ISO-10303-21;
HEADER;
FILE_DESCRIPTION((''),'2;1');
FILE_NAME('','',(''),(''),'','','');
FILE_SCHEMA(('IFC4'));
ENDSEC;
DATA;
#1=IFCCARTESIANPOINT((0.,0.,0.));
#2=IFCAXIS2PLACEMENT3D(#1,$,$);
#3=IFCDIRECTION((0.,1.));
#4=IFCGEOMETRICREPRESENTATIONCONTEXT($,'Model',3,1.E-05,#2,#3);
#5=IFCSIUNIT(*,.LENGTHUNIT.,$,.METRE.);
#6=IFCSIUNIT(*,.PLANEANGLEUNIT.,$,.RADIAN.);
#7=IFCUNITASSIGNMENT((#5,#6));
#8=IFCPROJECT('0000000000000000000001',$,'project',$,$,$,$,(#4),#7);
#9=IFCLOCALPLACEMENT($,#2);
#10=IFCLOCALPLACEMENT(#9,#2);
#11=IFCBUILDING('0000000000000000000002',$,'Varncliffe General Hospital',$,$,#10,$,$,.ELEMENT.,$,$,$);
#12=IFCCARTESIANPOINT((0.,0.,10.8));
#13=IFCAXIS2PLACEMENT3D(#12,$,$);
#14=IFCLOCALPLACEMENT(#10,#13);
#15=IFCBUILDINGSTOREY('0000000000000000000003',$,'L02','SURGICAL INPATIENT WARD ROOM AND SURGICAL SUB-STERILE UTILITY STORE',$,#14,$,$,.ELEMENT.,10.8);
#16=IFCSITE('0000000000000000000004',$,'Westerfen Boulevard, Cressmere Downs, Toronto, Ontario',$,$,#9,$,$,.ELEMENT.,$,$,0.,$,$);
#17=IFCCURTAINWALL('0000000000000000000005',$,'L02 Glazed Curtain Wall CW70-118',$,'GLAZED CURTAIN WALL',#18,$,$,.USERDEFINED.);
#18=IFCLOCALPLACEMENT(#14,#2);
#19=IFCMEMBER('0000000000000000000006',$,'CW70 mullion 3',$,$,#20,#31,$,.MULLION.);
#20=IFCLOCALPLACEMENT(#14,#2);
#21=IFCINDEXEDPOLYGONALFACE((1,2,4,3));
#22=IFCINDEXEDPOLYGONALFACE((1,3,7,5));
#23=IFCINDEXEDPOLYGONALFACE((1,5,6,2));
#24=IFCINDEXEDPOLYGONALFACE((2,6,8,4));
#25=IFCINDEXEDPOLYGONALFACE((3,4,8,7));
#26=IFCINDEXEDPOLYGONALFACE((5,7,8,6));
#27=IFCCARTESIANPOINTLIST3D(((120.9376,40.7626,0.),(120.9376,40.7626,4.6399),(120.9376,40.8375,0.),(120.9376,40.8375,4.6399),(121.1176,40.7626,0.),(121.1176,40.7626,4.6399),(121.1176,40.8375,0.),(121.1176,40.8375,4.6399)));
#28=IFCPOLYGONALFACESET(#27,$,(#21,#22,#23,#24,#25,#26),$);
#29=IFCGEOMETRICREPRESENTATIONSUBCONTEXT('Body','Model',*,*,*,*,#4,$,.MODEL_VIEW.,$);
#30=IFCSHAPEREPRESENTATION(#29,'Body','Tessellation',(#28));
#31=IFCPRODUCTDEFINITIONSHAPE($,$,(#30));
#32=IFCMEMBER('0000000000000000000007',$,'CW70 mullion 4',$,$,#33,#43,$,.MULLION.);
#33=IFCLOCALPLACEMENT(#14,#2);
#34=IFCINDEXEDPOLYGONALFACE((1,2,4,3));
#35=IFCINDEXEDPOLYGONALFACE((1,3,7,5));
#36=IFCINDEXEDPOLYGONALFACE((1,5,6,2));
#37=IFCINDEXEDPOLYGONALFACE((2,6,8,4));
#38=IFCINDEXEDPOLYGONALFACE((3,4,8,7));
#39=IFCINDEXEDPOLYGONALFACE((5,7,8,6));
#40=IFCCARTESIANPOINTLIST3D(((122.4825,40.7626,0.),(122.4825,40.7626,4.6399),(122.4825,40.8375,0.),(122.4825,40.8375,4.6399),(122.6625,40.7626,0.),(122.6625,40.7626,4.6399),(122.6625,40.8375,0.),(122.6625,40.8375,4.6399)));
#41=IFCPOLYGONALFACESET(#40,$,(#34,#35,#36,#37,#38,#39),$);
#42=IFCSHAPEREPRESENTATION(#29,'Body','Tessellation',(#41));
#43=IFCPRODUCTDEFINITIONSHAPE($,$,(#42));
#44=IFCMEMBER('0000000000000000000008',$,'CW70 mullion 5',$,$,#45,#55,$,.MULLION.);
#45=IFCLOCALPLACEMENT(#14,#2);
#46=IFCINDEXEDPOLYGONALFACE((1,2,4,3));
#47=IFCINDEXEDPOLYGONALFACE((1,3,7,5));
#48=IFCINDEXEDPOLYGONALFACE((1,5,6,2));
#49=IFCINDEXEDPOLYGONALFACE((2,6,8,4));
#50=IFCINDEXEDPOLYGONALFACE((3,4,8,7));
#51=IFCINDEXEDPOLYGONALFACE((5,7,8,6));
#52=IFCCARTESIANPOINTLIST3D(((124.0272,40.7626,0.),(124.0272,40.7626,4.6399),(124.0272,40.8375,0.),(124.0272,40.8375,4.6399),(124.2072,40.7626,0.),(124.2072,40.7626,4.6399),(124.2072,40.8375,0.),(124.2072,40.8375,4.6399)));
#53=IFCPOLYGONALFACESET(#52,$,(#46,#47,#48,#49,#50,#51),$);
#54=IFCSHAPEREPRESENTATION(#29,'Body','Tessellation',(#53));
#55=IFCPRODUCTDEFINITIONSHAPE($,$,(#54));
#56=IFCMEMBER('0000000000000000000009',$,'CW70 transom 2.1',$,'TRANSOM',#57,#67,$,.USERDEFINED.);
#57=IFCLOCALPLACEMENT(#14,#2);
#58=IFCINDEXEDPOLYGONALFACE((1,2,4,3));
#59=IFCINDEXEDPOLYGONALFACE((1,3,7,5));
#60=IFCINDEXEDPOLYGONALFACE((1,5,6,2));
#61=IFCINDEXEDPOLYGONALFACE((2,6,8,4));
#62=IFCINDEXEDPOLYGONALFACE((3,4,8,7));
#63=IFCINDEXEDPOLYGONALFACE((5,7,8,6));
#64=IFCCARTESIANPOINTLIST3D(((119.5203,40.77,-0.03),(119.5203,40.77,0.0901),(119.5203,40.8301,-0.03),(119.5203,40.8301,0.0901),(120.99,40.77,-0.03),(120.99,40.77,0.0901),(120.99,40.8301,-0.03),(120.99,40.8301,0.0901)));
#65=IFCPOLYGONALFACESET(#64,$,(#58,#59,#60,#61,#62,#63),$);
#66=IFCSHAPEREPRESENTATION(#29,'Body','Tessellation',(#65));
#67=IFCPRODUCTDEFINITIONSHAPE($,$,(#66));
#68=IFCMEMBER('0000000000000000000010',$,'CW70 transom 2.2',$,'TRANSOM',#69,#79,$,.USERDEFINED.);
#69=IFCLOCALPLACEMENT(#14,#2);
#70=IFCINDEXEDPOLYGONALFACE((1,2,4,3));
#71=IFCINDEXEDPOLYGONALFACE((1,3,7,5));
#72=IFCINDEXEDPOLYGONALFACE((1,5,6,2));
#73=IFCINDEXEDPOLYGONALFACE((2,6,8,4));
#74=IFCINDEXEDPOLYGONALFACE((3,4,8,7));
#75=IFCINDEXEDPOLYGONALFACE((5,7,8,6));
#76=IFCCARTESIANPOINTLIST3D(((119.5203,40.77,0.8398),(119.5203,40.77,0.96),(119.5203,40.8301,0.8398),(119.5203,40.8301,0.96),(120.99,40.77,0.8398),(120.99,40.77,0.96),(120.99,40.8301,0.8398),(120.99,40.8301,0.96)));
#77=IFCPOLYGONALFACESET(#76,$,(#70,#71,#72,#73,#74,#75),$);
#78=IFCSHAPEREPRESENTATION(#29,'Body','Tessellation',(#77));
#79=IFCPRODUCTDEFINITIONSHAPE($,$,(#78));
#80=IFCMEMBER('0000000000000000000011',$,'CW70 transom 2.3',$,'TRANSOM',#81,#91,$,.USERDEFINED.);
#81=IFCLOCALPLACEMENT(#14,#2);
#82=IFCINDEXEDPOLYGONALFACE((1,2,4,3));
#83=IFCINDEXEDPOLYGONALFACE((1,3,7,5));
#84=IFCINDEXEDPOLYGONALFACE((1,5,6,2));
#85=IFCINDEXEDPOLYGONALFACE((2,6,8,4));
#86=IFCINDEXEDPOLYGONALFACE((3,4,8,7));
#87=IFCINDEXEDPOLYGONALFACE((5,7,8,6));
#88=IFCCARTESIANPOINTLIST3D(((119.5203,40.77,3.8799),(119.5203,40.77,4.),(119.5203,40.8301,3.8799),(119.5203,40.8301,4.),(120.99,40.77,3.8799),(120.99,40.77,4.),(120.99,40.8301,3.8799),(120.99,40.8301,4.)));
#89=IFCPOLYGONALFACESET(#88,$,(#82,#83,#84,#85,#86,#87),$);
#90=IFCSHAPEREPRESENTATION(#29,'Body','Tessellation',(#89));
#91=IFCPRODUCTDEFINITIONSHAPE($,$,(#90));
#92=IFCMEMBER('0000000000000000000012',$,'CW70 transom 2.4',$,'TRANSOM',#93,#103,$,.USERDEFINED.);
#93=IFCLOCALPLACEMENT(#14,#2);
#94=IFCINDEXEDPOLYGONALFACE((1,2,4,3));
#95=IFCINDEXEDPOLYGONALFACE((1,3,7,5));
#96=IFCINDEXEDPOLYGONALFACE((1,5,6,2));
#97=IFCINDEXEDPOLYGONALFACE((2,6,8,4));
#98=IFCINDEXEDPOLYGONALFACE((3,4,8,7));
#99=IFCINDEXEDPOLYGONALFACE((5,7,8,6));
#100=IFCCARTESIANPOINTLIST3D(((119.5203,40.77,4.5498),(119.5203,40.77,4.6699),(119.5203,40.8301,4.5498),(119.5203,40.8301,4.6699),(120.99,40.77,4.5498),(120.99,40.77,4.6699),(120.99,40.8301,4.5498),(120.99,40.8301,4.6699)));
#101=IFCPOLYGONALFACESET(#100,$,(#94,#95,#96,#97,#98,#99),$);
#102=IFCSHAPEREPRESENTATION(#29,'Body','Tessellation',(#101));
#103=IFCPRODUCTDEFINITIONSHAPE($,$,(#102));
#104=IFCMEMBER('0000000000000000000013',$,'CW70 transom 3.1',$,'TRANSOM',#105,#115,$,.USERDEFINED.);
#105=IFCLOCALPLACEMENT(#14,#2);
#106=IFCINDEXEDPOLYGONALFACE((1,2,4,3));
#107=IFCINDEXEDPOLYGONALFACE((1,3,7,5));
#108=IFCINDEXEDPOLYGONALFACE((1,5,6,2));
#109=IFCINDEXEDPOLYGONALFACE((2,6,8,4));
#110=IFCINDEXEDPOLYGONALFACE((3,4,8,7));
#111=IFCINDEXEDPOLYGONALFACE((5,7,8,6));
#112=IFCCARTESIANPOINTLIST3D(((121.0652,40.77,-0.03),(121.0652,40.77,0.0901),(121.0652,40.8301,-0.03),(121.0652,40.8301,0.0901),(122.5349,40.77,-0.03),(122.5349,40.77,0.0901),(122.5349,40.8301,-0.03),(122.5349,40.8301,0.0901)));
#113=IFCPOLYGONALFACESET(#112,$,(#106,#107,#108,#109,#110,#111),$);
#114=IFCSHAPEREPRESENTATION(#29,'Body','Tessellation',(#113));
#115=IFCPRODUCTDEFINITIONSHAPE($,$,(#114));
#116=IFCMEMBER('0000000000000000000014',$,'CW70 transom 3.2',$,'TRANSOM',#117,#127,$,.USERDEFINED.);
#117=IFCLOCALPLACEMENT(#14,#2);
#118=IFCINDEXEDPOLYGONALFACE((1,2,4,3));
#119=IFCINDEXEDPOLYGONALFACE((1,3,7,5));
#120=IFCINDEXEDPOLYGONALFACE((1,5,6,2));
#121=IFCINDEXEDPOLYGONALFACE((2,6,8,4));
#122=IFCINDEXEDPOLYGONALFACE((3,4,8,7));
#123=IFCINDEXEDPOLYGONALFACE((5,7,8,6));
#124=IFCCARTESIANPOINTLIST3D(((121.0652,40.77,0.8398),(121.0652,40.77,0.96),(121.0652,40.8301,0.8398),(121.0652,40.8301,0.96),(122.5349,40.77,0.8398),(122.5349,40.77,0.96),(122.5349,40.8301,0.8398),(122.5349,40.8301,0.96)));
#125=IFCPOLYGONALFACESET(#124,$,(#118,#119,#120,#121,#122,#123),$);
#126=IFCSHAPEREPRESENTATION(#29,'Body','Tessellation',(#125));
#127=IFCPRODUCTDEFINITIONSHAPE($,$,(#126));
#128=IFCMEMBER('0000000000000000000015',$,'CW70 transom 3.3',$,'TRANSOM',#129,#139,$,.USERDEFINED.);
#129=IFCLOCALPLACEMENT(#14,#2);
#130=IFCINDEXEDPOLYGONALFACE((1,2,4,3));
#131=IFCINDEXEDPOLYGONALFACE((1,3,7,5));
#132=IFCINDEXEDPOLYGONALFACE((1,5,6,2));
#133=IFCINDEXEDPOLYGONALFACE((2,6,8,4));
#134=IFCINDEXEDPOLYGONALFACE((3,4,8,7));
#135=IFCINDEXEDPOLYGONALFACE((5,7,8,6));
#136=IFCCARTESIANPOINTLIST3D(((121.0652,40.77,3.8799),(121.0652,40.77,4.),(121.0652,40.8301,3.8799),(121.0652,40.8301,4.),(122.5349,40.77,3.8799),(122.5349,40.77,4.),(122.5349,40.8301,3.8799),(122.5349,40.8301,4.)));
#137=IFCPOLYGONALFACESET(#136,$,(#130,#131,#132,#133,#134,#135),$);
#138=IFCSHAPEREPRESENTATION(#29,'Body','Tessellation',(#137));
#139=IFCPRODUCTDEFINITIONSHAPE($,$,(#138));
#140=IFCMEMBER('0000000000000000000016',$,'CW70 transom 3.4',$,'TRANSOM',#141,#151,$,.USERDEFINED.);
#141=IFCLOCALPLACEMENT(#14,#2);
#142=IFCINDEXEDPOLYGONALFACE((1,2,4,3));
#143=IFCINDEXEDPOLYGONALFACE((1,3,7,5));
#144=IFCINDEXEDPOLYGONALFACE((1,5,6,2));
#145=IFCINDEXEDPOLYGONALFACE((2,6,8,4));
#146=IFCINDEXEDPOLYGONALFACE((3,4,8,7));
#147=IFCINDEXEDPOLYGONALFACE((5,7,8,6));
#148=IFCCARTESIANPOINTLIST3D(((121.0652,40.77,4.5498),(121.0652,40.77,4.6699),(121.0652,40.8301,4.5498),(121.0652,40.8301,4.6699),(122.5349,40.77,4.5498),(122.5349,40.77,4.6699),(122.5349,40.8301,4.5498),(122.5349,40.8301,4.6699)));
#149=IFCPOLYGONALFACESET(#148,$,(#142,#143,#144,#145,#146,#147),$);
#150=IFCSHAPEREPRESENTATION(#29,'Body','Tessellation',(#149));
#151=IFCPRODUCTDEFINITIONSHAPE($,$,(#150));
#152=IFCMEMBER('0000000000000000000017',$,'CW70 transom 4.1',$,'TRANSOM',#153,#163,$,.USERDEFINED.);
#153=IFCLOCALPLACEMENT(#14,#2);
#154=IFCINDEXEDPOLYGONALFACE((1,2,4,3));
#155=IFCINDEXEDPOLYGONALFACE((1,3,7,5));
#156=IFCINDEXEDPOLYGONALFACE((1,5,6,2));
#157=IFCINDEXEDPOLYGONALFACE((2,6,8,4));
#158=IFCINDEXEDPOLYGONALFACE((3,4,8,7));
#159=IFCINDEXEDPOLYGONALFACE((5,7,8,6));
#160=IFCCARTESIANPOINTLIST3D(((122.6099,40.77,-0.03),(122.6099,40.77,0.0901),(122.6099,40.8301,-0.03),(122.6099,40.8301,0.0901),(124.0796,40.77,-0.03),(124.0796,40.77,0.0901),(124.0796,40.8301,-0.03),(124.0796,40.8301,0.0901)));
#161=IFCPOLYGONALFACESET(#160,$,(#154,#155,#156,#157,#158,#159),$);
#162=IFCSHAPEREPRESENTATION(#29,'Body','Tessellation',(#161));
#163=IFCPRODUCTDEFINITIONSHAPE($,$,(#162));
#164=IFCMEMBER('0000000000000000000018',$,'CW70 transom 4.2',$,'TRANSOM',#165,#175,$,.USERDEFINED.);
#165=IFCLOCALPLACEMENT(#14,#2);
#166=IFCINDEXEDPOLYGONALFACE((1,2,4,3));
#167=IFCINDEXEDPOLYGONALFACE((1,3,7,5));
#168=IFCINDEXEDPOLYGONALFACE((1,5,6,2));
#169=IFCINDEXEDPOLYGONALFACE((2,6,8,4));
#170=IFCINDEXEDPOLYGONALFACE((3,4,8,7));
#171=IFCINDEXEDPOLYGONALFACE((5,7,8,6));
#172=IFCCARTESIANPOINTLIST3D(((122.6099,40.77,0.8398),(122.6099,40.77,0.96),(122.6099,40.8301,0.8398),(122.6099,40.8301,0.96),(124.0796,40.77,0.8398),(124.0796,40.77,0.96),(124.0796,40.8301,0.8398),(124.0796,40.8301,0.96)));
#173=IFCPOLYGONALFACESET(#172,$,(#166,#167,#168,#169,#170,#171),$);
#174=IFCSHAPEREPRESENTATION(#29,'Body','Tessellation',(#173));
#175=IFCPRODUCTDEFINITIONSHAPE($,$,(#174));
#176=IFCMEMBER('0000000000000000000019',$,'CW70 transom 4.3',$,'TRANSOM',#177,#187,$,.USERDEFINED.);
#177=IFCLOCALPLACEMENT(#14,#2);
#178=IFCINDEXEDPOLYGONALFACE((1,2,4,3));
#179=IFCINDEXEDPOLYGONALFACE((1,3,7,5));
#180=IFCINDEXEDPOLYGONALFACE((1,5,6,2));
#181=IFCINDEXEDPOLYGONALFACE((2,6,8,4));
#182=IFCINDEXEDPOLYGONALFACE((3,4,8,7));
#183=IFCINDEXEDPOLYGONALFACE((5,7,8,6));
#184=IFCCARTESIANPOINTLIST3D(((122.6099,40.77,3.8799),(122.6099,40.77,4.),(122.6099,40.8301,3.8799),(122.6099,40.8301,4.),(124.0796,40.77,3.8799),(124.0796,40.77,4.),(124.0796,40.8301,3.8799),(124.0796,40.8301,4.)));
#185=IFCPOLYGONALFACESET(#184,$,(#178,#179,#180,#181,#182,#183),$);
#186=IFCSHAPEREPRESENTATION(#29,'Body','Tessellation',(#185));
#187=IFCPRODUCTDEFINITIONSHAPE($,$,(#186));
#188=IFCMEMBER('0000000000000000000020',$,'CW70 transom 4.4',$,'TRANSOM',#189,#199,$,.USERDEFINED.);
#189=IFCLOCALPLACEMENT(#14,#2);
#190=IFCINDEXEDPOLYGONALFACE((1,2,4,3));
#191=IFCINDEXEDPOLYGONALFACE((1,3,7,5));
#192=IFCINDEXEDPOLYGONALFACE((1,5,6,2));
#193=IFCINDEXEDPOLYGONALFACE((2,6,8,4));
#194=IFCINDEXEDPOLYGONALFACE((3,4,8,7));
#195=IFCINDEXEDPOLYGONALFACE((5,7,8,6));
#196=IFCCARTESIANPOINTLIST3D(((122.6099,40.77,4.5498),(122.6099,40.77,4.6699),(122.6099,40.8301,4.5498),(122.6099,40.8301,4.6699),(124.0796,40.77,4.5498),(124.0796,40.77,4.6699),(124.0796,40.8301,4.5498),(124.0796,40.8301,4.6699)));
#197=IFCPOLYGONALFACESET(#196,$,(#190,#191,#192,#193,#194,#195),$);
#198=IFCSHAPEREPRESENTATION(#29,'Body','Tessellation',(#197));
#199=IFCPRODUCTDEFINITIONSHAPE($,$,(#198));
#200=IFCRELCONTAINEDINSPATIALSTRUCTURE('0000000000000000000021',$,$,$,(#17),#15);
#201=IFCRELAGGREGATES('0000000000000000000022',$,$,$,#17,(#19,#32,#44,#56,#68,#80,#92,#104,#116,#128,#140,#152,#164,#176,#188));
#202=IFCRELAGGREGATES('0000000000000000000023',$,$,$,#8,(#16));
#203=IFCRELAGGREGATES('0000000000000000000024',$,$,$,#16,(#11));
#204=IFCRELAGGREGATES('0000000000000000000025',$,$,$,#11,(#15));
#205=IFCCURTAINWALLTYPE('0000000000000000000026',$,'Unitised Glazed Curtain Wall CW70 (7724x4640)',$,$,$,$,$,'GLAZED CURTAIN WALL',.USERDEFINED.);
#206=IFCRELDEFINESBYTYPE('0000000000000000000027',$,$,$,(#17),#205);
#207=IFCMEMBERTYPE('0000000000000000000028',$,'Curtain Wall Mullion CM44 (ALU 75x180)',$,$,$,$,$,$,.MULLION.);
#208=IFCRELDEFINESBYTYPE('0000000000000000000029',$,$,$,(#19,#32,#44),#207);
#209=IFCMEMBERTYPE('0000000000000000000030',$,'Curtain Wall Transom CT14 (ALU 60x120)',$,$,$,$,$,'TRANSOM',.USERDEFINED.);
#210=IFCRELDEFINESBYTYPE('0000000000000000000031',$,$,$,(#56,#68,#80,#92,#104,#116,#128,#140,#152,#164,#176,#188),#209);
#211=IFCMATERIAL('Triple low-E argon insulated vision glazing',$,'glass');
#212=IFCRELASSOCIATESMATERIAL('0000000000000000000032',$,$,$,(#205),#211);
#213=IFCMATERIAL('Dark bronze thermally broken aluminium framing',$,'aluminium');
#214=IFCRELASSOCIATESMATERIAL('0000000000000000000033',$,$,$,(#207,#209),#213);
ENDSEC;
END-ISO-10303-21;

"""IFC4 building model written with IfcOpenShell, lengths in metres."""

from ifc_helpers import new_model, si_unit, direction, frame, origin, origin_2d, place, context, subcontext, project, spatial, rectangle, extrude, material, material_profile, profile_set, type_object, element, aggregate, save


model = new_model("IFC4")

# Units and contexts
model_context = context("Model", 3, precision=1e-05, world=origin(), true_north=direction((0.0, 1.0)))
body_context = subcontext(model_context, "Body", "Model", "MODEL_VIEW")
ifc_project = project(units=[si_unit("LENGTHUNIT", "METRE"), si_unit("PLANEANGLEUNIT", "RADIAN")], contexts=[model_context])

# Site, building, storey
site_placement = place(None, origin())
site = spatial("IfcSite", under=ifc_project, at=site_placement, Name="Westerfen Boulevard, Cressmere Downs, Toronto, Ontario", CompositionType="ELEMENT", RefElevation=0.0)
building_placement = place(site_placement, origin())
building = spatial("IfcBuilding", under=site, at=building_placement, Name="Varncliffe General Hospital", CompositionType="ELEMENT")
storey_placement = place(building_placement, frame((0.0, 0.0, 10.8)))
storey = spatial("IfcBuildingStorey", under=building, at=storey_placement, Name="L02", Description="SURGICAL INPATIENT WARD ROOM AND SURGICAL SUB-STERILE UTILITY STORE", CompositionType="ELEMENT", Elevation=10.8)

# Curtain wall, members
ifc_material_1 = material(Name="Triple low-E argon insulated vision glazing", Category="glass")
curtain_wall_type = type_object("IfcCurtainWallType", Name="Unitised Glazed Curtain Wall CW70 (7724x4640)", ElementType="GLAZED CURTAIN WALL", PredefinedType="USERDEFINED", material=ifc_material_1)
curtain_wall_placement = place(storey_placement, origin())
curtain_wall = element("IfcCurtainWall", 1, at=curtain_wall_placement, inside=storey, type_object=curtain_wall_type, Name="L02 Glazed Curtain Wall CW70-118", ObjectType="GLAZED CURTAIN WALL", PredefinedType="USERDEFINED")
ifc_material_2 = material(Name="Dark bronze thermally broken aluminium framing", Category="aluminium")
ifc_material_profile_1 = material_profile(ifc_material_2, rectangle(XDim=0.075, YDim=0.1799, at=origin_2d()), Name="ALU 75x180")
ifc_profile_set_1 = profile_set([ifc_material_profile_1], Name="Dark bronze thermally broken aluminium framing")
member_type_1 = type_object("IfcMemberType", Name="Curtain Wall Mullion CM44 (ALU 75x180)", PredefinedType="MULLION", material=ifc_profile_set_1)
member_1_placement = place(storey_placement, frame((121.0276, 40.8, 0.0), z_axis=(0.0, 0.0, 1.0), x_axis=(0.0, 1.0, 0.0)))
member_1 = element("IfcMember", 2, at=member_1_placement, type_object=member_type_1, Name="CW70 mullion 3", PredefinedType="MULLION", context=body_context, shape_type="SweptSolid", body=[
    extrude(rectangle(XDim=0.075, YDim=0.1799, at=origin_2d()), origin(), (0.0, 0.0, 1.0), 4.6399),
])
member_2_placement = place(storey_placement, frame((122.5725, 40.8, 0.0), z_axis=(0.0, 0.0, 1.0), x_axis=(0.0, 1.0, 0.0)))
member_2 = element("IfcMember", 3, at=member_2_placement, type_object=member_type_1, Name="CW70 mullion 4", PredefinedType="MULLION", context=body_context, shape_type="SweptSolid", body=[
    extrude(rectangle(XDim=0.075, YDim=0.1799, at=origin_2d()), origin(), (0.0, 0.0, 1.0), 4.6399),
])
member_3_placement = place(storey_placement, frame((124.1172, 40.8, 0.0), z_axis=(0.0, 0.0, 1.0), x_axis=(0.0, 1.0, 0.0)))
member_3 = element("IfcMember", 4, at=member_3_placement, type_object=member_type_1, Name="CW70 mullion 5", PredefinedType="MULLION", context=body_context, shape_type="SweptSolid", body=[
    extrude(rectangle(XDim=0.075, YDim=0.1799, at=origin_2d()), origin(), (0.0, 0.0, 1.0), 4.6399),
])
ifc_material_profile_2 = material_profile(ifc_material_2, rectangle(XDim=0.0601, YDim=0.1201, at=origin_2d()), Name="ALU 60x120")
ifc_profile_set_2 = profile_set([ifc_material_profile_2], Name="Dark bronze thermally broken aluminium framing")
member_type_2 = type_object("IfcMemberType", Name="Curtain Wall Transom CT14 (ALU 60x120)", ElementType="TRANSOM", PredefinedType="USERDEFINED", material=ifc_profile_set_2)
member_4_placement = place(storey_placement, frame((119.5203, 40.8, 0.03), z_axis=(1.0, 0.0, 0.0), x_axis=(0.0, 1.0, 0.0)))
member_4 = element("IfcMember", 5, at=member_4_placement, type_object=member_type_2, Name="CW70 transom 2.1", ObjectType="TRANSOM", PredefinedType="USERDEFINED", context=body_context, shape_type="SweptSolid", body=[
    extrude(rectangle(XDim=0.0601, YDim=0.1201, at=origin_2d()), origin(), (0.0, 0.0, 1.0), 1.4697),
])
member_5_placement = place(storey_placement, frame((119.5203, 40.8, 0.8999), z_axis=(1.0, 0.0, 0.0), x_axis=(0.0, 1.0, 0.0)))
member_5 = element("IfcMember", 6, at=member_5_placement, type_object=member_type_2, Name="CW70 transom 2.2", ObjectType="TRANSOM", PredefinedType="USERDEFINED", context=body_context, shape_type="SweptSolid", body=[
    extrude(rectangle(XDim=0.0601, YDim=0.1201, at=origin_2d()), origin(), (0.0, 0.0, 1.0), 1.4697),
])
member_6_placement = place(storey_placement, frame((119.5203, 40.8, 3.9399), z_axis=(1.0, 0.0, 0.0), x_axis=(0.0, 1.0, 0.0)))
member_6 = element("IfcMember", 7, at=member_6_placement, type_object=member_type_2, Name="CW70 transom 2.3", ObjectType="TRANSOM", PredefinedType="USERDEFINED", context=body_context, shape_type="SweptSolid", body=[
    extrude(rectangle(XDim=0.0601, YDim=0.1201, at=origin_2d()), origin(), (0.0, 0.0, 1.0), 1.4697),
])
member_7_placement = place(storey_placement, frame((119.5203, 40.8, 4.6099), z_axis=(1.0, 0.0, 0.0), x_axis=(0.0, 1.0, 0.0)))
member_7 = element("IfcMember", 8, at=member_7_placement, type_object=member_type_2, Name="CW70 transom 2.4", ObjectType="TRANSOM", PredefinedType="USERDEFINED", context=body_context, shape_type="SweptSolid", body=[
    extrude(rectangle(XDim=0.0601, YDim=0.1201, at=origin_2d()), origin(), (0.0, 0.0, 1.0), 1.4697),
])
member_8_placement = place(storey_placement, frame((121.0652, 40.8, 0.03), z_axis=(1.0, 0.0, 0.0), x_axis=(0.0, 1.0, 0.0)))
member_8 = element("IfcMember", 9, at=member_8_placement, type_object=member_type_2, Name="CW70 transom 3.1", ObjectType="TRANSOM", PredefinedType="USERDEFINED", context=body_context, shape_type="SweptSolid", body=[
    extrude(rectangle(XDim=0.0601, YDim=0.1201, at=origin_2d()), origin(), (0.0, 0.0, 1.0), 1.4697),
])
member_9_placement = place(storey_placement, frame((121.0652, 40.8, 0.8999), z_axis=(1.0, 0.0, 0.0), x_axis=(0.0, 1.0, 0.0)))
member_9 = element("IfcMember", 10, at=member_9_placement, type_object=member_type_2, Name="CW70 transom 3.2", ObjectType="TRANSOM", PredefinedType="USERDEFINED", context=body_context, shape_type="SweptSolid", body=[
    extrude(rectangle(XDim=0.0601, YDim=0.1201, at=origin_2d()), origin(), (0.0, 0.0, 1.0), 1.4697),
])
member_10_placement = place(storey_placement, frame((121.0652, 40.8, 3.9399), z_axis=(1.0, 0.0, 0.0), x_axis=(0.0, 1.0, 0.0)))
member_10 = element("IfcMember", 11, at=member_10_placement, type_object=member_type_2, Name="CW70 transom 3.3", ObjectType="TRANSOM", PredefinedType="USERDEFINED", context=body_context, shape_type="SweptSolid", body=[
    extrude(rectangle(XDim=0.0601, YDim=0.1201, at=origin_2d()), origin(), (0.0, 0.0, 1.0), 1.4697),
])
member_11_placement = place(storey_placement, frame((121.0652, 40.8, 4.6099), z_axis=(1.0, 0.0, 0.0), x_axis=(0.0, 1.0, 0.0)))
member_11 = element("IfcMember", 12, at=member_11_placement, type_object=member_type_2, Name="CW70 transom 3.4", ObjectType="TRANSOM", PredefinedType="USERDEFINED", context=body_context, shape_type="SweptSolid", body=[
    extrude(rectangle(XDim=0.0601, YDim=0.1201, at=origin_2d()), origin(), (0.0, 0.0, 1.0), 1.4697),
])
member_12_placement = place(storey_placement, frame((122.6099, 40.8, 0.03), z_axis=(1.0, 0.0, 0.0), x_axis=(0.0, 1.0, 0.0)))
member_12 = element("IfcMember", 13, at=member_12_placement, type_object=member_type_2, Name="CW70 transom 4.1", ObjectType="TRANSOM", PredefinedType="USERDEFINED", context=body_context, shape_type="SweptSolid", body=[
    extrude(rectangle(XDim=0.0601, YDim=0.1201, at=origin_2d()), origin(), (0.0, 0.0, 1.0), 1.4697),
])
member_13_placement = place(storey_placement, frame((122.6099, 40.8, 0.8999), z_axis=(1.0, 0.0, 0.0), x_axis=(0.0, 1.0, 0.0)))
member_13 = element("IfcMember", 14, at=member_13_placement, type_object=member_type_2, Name="CW70 transom 4.2", ObjectType="TRANSOM", PredefinedType="USERDEFINED", context=body_context, shape_type="SweptSolid", body=[
    extrude(rectangle(XDim=0.0601, YDim=0.1201, at=origin_2d()), origin(), (0.0, 0.0, 1.0), 1.4697),
])
member_14_placement = place(storey_placement, frame((122.6099, 40.8, 3.9399), z_axis=(1.0, 0.0, 0.0), x_axis=(0.0, 1.0, 0.0)))
member_14 = element("IfcMember", 15, at=member_14_placement, type_object=member_type_2, Name="CW70 transom 4.3", ObjectType="TRANSOM", PredefinedType="USERDEFINED", context=body_context, shape_type="SweptSolid", body=[
    extrude(rectangle(XDim=0.0601, YDim=0.1201, at=origin_2d()), origin(), (0.0, 0.0, 1.0), 1.4697),
])
member_15_placement = place(storey_placement, frame((122.6099, 40.8, 4.6099), z_axis=(1.0, 0.0, 0.0), x_axis=(0.0, 1.0, 0.0)))
member_15 = element("IfcMember", 16, at=member_15_placement, type_object=member_type_2, Name="CW70 transom 4.4", ObjectType="TRANSOM", PredefinedType="USERDEFINED", context=body_context, shape_type="SweptSolid", body=[
    extrude(rectangle(XDim=0.0601, YDim=0.1201, at=origin_2d()), origin(), (0.0, 0.0, 1.0), 1.4697),
])
aggregate(curtain_wall, [member_1, member_2, member_3, member_4, member_5, member_6, member_7, member_8, member_9, member_10, member_11, member_12, member_13, member_14, member_15])

save(model, "model.ifc")
